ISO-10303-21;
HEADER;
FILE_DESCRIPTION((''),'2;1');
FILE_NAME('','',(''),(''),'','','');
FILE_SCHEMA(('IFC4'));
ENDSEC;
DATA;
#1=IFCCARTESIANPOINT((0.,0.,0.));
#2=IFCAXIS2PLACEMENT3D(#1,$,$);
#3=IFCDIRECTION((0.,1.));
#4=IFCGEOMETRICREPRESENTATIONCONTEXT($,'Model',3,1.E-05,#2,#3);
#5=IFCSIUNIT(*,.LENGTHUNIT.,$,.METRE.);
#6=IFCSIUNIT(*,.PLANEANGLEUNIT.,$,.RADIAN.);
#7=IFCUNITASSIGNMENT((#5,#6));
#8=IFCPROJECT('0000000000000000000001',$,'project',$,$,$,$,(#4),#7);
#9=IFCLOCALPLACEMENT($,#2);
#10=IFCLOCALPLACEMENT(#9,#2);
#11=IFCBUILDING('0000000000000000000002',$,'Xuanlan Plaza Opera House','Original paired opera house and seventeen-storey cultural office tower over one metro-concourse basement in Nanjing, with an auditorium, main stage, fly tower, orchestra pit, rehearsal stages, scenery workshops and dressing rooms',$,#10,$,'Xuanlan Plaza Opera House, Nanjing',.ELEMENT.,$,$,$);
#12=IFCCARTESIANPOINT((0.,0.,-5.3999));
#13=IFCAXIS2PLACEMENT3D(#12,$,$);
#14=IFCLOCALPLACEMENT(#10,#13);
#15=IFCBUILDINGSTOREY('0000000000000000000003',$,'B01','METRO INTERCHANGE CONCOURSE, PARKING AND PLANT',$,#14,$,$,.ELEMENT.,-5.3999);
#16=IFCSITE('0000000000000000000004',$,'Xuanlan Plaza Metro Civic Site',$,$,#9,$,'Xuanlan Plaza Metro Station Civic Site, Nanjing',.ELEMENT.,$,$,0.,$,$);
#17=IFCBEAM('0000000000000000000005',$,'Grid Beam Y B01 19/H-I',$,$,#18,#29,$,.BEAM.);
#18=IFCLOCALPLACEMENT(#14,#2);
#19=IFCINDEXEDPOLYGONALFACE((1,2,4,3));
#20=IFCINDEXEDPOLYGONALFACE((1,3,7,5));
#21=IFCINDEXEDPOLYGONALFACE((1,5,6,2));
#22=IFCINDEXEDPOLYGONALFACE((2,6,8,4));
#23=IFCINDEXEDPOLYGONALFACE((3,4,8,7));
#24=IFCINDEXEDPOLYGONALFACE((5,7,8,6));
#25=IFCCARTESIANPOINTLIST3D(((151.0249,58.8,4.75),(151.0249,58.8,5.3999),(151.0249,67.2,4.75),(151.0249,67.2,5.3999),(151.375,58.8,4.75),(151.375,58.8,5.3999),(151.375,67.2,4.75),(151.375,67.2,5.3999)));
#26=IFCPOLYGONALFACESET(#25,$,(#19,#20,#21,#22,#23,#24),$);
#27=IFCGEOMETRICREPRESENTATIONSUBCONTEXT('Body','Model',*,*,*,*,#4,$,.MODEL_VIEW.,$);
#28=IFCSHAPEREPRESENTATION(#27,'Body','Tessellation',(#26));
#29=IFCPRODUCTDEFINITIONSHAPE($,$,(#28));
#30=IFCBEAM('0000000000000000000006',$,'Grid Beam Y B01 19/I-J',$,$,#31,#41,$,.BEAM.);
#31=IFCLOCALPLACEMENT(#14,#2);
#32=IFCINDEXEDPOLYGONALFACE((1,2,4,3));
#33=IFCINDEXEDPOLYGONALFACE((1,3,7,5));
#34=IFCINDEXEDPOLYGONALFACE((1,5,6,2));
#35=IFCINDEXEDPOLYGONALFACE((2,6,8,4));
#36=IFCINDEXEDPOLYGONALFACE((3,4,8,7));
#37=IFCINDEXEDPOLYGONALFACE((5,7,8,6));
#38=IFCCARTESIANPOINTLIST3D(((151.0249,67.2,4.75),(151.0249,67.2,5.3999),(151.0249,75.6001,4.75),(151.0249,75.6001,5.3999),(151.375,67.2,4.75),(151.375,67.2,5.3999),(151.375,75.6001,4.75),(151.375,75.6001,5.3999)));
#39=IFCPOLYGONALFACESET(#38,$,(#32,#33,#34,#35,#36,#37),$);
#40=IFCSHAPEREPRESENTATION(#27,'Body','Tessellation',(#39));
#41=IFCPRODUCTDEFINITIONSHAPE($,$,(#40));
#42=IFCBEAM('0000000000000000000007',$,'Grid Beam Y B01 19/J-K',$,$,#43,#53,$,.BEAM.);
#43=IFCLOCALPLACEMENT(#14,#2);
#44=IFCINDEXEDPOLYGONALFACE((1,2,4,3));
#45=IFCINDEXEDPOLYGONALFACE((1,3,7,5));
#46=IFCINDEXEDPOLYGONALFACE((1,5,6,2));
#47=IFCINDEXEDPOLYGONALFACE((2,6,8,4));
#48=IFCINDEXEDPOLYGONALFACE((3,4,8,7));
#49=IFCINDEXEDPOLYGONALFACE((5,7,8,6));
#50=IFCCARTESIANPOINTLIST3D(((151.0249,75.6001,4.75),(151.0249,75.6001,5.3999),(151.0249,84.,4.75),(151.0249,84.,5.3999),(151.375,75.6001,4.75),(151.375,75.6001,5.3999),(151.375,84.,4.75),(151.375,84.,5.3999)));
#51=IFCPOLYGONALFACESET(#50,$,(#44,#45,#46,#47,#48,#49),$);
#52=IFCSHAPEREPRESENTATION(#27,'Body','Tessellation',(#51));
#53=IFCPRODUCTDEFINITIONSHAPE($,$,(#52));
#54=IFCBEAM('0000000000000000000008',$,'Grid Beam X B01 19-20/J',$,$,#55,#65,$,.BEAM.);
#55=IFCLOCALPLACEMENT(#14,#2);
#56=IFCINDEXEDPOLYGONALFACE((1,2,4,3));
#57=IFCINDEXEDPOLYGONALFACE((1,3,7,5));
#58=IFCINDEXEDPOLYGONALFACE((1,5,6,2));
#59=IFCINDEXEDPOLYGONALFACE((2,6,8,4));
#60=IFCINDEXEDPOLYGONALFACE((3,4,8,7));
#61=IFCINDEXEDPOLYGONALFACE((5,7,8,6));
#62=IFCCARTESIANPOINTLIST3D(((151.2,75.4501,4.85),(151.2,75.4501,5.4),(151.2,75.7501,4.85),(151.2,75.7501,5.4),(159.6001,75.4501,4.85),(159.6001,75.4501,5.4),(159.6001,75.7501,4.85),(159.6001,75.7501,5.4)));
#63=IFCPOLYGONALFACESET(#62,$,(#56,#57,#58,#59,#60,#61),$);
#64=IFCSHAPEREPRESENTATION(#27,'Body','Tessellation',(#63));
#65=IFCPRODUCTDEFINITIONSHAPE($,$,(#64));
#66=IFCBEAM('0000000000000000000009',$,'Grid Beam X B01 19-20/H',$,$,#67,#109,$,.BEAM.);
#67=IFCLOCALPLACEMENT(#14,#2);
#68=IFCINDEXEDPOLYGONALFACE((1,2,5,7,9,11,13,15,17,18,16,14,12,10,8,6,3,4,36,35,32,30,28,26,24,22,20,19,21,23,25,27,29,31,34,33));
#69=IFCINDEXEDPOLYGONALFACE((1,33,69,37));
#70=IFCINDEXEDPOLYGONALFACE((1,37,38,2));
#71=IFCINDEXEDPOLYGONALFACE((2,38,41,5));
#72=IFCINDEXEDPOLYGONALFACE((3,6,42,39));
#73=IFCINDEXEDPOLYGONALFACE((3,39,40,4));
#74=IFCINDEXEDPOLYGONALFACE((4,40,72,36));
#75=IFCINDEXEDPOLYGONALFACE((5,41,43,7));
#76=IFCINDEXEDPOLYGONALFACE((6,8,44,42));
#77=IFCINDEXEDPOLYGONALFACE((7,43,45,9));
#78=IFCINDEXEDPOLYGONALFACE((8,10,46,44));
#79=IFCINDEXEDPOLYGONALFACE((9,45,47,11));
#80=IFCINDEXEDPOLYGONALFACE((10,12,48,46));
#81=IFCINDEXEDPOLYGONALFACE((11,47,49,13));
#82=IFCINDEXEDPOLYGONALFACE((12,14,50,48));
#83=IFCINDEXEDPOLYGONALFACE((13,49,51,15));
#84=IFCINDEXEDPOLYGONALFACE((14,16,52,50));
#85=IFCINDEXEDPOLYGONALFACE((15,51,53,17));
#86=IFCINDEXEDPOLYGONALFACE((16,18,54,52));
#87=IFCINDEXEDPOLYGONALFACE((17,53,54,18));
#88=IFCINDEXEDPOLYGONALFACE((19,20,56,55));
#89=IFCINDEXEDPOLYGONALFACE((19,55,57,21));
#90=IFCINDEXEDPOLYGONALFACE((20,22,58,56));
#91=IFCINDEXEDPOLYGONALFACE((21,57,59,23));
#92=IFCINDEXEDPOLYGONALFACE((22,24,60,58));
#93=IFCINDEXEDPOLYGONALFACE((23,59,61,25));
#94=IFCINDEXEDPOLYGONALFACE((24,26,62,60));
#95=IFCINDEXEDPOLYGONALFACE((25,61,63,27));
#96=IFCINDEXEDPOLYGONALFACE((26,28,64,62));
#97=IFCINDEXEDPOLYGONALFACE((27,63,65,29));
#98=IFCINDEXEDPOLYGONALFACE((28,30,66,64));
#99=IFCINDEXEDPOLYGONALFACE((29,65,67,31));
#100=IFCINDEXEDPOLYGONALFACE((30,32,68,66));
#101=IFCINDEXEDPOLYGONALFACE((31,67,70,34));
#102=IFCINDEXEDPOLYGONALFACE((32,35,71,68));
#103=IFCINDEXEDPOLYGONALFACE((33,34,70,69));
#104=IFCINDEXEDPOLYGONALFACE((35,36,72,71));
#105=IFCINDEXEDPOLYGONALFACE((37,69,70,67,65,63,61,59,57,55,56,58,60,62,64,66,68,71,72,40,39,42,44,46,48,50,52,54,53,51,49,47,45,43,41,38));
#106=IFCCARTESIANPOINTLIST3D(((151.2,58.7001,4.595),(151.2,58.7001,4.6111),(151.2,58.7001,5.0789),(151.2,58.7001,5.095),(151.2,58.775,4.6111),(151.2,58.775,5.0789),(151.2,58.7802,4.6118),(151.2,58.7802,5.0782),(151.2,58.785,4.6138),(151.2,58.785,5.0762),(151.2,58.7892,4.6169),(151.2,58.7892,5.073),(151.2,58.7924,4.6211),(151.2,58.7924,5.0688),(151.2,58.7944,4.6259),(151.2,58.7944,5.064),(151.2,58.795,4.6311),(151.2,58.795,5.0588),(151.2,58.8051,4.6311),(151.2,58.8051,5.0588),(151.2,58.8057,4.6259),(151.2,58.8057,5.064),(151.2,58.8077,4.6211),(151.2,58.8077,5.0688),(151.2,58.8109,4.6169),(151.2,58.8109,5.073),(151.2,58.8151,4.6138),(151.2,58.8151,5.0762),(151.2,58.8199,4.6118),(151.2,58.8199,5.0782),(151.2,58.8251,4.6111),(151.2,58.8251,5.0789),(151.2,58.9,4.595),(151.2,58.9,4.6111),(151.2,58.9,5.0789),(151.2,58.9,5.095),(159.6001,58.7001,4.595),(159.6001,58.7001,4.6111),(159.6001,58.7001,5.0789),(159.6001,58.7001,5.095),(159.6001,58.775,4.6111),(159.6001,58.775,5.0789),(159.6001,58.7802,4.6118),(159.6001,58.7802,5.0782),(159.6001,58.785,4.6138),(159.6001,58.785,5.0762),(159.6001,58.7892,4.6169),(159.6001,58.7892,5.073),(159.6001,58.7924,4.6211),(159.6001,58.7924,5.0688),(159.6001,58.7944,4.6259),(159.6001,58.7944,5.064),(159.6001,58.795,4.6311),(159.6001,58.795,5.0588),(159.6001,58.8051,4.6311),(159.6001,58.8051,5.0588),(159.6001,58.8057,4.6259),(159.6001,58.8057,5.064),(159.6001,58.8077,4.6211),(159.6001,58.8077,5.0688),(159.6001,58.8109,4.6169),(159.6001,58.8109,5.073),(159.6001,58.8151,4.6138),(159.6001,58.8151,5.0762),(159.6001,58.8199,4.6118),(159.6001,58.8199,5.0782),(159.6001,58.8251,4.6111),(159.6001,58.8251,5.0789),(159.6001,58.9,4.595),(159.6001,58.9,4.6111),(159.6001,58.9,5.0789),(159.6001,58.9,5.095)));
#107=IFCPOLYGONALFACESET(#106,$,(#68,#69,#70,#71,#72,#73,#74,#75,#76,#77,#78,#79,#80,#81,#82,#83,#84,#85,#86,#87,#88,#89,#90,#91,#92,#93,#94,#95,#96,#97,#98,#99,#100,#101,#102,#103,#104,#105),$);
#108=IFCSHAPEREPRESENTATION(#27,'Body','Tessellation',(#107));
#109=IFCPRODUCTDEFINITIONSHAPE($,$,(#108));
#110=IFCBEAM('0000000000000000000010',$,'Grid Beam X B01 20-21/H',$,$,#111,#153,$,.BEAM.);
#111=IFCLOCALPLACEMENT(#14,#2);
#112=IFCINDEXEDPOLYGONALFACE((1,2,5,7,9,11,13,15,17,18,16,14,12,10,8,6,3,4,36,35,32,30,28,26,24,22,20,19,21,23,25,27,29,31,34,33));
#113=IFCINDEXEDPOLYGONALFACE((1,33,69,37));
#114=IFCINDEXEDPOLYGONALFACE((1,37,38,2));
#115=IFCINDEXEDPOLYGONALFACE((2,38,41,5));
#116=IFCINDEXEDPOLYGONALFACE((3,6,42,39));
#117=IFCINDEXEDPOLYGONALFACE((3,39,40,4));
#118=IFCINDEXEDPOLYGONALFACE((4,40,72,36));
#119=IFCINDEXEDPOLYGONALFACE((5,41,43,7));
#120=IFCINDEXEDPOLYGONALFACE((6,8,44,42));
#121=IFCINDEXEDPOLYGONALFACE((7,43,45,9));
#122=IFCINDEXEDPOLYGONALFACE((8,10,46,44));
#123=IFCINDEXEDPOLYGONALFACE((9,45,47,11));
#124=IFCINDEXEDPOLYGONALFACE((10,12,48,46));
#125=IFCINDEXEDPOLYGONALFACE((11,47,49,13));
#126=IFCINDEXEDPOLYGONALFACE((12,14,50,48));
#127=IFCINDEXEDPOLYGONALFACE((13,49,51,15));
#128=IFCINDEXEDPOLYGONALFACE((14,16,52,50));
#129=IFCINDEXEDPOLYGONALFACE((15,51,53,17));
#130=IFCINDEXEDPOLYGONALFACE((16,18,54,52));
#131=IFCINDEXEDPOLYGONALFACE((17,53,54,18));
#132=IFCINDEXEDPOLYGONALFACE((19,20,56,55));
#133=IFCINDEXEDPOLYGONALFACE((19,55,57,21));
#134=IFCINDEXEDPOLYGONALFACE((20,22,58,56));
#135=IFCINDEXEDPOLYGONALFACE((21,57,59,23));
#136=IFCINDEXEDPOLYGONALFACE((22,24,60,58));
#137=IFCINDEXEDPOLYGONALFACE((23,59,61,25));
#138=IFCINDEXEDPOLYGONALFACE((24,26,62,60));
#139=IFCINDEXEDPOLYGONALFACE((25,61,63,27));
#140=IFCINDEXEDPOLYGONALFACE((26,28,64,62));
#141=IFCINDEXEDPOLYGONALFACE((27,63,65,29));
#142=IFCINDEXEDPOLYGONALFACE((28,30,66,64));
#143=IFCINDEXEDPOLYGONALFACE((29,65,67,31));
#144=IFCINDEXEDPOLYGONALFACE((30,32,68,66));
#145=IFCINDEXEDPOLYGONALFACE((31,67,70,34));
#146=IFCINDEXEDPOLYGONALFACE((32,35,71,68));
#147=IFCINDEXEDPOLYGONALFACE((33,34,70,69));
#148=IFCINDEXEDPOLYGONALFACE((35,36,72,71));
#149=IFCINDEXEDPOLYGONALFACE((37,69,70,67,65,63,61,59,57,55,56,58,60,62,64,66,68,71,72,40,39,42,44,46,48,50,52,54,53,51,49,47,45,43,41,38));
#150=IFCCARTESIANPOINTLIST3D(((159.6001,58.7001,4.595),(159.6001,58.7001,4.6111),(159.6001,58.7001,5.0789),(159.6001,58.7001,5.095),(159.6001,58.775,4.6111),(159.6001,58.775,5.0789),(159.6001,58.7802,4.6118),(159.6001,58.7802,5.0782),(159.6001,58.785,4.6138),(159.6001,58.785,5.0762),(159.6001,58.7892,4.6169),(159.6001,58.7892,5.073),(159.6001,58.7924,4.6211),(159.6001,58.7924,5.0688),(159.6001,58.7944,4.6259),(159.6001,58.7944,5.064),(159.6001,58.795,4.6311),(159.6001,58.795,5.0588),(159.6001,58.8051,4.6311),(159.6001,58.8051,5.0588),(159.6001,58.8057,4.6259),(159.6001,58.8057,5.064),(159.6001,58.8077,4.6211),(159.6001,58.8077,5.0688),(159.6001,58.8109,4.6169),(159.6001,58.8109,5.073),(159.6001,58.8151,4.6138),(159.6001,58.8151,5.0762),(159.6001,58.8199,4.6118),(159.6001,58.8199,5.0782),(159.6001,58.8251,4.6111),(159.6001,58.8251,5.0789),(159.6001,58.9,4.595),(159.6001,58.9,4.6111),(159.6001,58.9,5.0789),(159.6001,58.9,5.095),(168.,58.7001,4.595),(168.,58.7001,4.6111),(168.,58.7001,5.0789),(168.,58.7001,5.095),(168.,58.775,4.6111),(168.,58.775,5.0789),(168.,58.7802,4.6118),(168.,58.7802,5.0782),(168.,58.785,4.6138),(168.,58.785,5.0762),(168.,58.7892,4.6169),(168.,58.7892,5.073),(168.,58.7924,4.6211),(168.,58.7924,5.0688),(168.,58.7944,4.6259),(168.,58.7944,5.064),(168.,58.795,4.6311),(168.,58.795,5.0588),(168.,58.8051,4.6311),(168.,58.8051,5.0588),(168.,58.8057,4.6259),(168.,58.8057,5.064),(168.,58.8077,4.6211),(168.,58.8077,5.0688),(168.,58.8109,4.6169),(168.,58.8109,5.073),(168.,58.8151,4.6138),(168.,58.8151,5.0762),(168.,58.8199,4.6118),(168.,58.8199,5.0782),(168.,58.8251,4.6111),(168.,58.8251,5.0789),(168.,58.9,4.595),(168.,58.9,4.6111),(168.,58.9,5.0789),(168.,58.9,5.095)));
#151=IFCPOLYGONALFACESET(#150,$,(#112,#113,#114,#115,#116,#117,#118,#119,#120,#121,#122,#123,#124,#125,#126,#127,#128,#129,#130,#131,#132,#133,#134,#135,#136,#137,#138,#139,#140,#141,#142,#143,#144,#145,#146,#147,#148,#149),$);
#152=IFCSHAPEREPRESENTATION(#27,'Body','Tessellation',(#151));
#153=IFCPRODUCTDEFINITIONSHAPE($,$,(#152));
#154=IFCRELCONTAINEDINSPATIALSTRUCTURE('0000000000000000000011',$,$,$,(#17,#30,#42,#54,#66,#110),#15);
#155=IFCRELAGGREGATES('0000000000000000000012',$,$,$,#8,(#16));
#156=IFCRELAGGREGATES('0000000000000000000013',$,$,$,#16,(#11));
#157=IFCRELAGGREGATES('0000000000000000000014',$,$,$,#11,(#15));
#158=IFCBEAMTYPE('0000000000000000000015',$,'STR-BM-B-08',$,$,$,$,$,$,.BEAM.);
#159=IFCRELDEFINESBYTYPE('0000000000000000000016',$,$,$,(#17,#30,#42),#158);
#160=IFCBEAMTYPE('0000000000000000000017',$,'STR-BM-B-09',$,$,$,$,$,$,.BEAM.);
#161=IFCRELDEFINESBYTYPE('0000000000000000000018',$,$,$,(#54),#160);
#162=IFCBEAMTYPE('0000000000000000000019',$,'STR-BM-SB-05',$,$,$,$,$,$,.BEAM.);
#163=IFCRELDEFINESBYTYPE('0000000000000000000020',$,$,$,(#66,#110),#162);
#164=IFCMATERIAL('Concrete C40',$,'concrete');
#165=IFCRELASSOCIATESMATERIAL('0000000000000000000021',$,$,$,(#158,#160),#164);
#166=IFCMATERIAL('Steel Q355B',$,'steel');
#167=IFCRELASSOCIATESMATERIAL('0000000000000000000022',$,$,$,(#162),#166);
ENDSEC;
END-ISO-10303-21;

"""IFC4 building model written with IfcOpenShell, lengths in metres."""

from ifc_helpers import new_model, si_unit, direction, frame, origin, origin_2d, place, context, subcontext, project, spatial, rectangle, i_section, extrude, material, material_profile, profile_set, type_object, element, save


model = new_model("IFC4")

# Units and contexts
model_context = context("Model", 3, precision=1e-05, world=origin(), true_north=direction((0.0, 1.0)))
body_context = subcontext(model_context, "Body", "Model", "MODEL_VIEW")
ifc_project = project(units=[si_unit("LENGTHUNIT", "METRE"), si_unit("PLANEANGLEUNIT", "RADIAN")], contexts=[model_context])

# Site, building, storey
site_placement = place(None, origin())
site = spatial("IfcSite", under=ifc_project, at=site_placement, Name="Xuanlan Plaza Metro Civic Site", LongName="Xuanlan Plaza Metro Station Civic Site, Nanjing", CompositionType="ELEMENT", RefElevation=0.0)
building_placement = place(site_placement, origin())
building = spatial("IfcBuilding", under=site, at=building_placement, Name="Xuanlan Plaza Opera House", Description="Original paired opera house and seventeen-storey cultural office tower over one metro-concourse basement in Nanjing, with an auditorium, main stage, fly tower, orchestra pit, rehearsal stages, scenery workshops and dressing rooms", LongName="Xuanlan Plaza Opera House, Nanjing", CompositionType="ELEMENT")
storey_placement = place(building_placement, frame((0.0, 0.0, -5.3999)))
storey = spatial("IfcBuildingStorey", under=building, at=storey_placement, Name="B01", Description="METRO INTERCHANGE CONCOURSE, PARKING AND PLANT", CompositionType="ELEMENT", Elevation=-5.3999)

# Shared definitions
ifc_material_1 = material(Name="Concrete C40", Category="concrete")

# Beams
ifc_material_profile_1 = material_profile(ifc_material_1, rectangle(XDim=0.3501, YDim=0.6499, at=origin_2d()), Name="RC-BM 350x650")
ifc_profile_set_1 = profile_set([ifc_material_profile_1], Name="Concrete C40")
beam_type_1 = type_object("IfcBeamType", Name="STR-BM-B-08", PredefinedType="BEAM", material=ifc_profile_set_1)
beam_1_placement = place(storey_placement, frame((151.2, 58.8, 5.075), z_axis=(0.0, 1.0, 0.0), x_axis=(-1.0, 0.0, 0.0)))
element("IfcBeam", 1, at=beam_1_placement, inside=storey, type_object=beam_type_1, Name="Grid Beam Y B01 19/H-I", PredefinedType="BEAM", context=body_context, shape_type="SweptSolid", body=[
    extrude(rectangle(XDim=0.3501, YDim=0.6499, at=origin_2d()), origin(), (0.0, 0.0, 1.0), 8.3999),
])
beam_2_placement = place(storey_placement, frame((151.2, 67.2, 5.075), z_axis=(0.0, 1.0, 0.0), x_axis=(-1.0, 0.0, 0.0)))
element("IfcBeam", 2, at=beam_2_placement, inside=storey, type_object=beam_type_1, Name="Grid Beam Y B01 19/I-J", PredefinedType="BEAM", context=body_context, shape_type="SweptSolid", body=[
    extrude(rectangle(XDim=0.3501, YDim=0.6499, at=origin_2d()), origin(), (0.0, 0.0, 1.0), 8.4001),
])
beam_3_placement = place(storey_placement, frame((151.2, 75.6001, 5.075), z_axis=(0.0, 1.0, 0.0), x_axis=(-1.0, 0.0, 0.0)))
element("IfcBeam", 3, at=beam_3_placement, inside=storey, type_object=beam_type_1, Name="Grid Beam Y B01 19/J-K", PredefinedType="BEAM", context=body_context, shape_type="SweptSolid", body=[
    extrude(rectangle(XDim=0.3501, YDim=0.6499, at=origin_2d()), origin(), (0.0, 0.0, 1.0), 8.3999),
])
ifc_material_profile_2 = material_profile(ifc_material_1, rectangle(XDim=0.3, YDim=0.55, at=origin_2d()), Name="RC-BM 300x550")
ifc_profile_set_2 = profile_set([ifc_material_profile_2], Name="Concrete C40")
beam_type_2 = type_object("IfcBeamType", Name="STR-BM-B-09", PredefinedType="BEAM", material=ifc_profile_set_2)
beam_4_placement = place(storey_placement, frame((151.2, 75.6001, 5.125), z_axis=(1.0, 0.0, 0.0), x_axis=(0.0, 1.0, 0.0)))
element("IfcBeam", 4, at=beam_4_placement, inside=storey, type_object=beam_type_2, Name="Grid Beam X B01 19-20/J", PredefinedType="BEAM", context=body_context, shape_type="SweptSolid", body=[
    extrude(rectangle(XDim=0.3, YDim=0.55, at=origin_2d()), origin(), (0.0, 0.0, 1.0), 8.4001),
])
ifc_material_2 = material(Name="Steel Q355B", Category="steel")
ifc_material_profile_3 = material_profile(ifc_material_2, i_section(OverallWidth=0.2, OverallDepth=0.5, WebThickness=0.01, FlangeThickness=0.0161, FilletRadius=0.02, at=origin_2d()), Name="HN 500x200x10x16")
ifc_profile_set_3 = profile_set([ifc_material_profile_3], Name="Steel Q355B")
beam_type_3 = type_object("IfcBeamType", Name="STR-BM-SB-05", PredefinedType="BEAM", material=ifc_profile_set_3)
beam_5_placement = place(storey_placement, frame((151.2, 58.8, 4.845), z_axis=(1.0, 0.0, 0.0), x_axis=(0.0, 1.0, 0.0)))
element("IfcBeam", 5, at=beam_5_placement, inside=storey, type_object=beam_type_3, Name="Grid Beam X B01 19-20/H", PredefinedType="BEAM", context=body_context, shape_type="SweptSolid", body=[
    extrude(i_section(OverallWidth=0.2, OverallDepth=0.5, WebThickness=0.01, FlangeThickness=0.0161, FilletRadius=0.02, at=origin_2d()), origin(), (0.0, 0.0, 1.0), 8.4001),
])
beam_6_placement = place(storey_placement, frame((159.6001, 58.8, 4.845), z_axis=(1.0, 0.0, 0.0), x_axis=(0.0, 1.0, 0.0)))
element("IfcBeam", 6, at=beam_6_placement, inside=storey, type_object=beam_type_3, Name="Grid Beam X B01 20-21/H", PredefinedType="BEAM", context=body_context, shape_type="SweptSolid", body=[
    extrude(i_section(OverallWidth=0.2, OverallDepth=0.5, WebThickness=0.01, FlangeThickness=0.0161, FilletRadius=0.02, at=origin_2d()), origin(), (0.0, 0.0, 1.0), 8.3999),
])

save(model, "model.ifc")
